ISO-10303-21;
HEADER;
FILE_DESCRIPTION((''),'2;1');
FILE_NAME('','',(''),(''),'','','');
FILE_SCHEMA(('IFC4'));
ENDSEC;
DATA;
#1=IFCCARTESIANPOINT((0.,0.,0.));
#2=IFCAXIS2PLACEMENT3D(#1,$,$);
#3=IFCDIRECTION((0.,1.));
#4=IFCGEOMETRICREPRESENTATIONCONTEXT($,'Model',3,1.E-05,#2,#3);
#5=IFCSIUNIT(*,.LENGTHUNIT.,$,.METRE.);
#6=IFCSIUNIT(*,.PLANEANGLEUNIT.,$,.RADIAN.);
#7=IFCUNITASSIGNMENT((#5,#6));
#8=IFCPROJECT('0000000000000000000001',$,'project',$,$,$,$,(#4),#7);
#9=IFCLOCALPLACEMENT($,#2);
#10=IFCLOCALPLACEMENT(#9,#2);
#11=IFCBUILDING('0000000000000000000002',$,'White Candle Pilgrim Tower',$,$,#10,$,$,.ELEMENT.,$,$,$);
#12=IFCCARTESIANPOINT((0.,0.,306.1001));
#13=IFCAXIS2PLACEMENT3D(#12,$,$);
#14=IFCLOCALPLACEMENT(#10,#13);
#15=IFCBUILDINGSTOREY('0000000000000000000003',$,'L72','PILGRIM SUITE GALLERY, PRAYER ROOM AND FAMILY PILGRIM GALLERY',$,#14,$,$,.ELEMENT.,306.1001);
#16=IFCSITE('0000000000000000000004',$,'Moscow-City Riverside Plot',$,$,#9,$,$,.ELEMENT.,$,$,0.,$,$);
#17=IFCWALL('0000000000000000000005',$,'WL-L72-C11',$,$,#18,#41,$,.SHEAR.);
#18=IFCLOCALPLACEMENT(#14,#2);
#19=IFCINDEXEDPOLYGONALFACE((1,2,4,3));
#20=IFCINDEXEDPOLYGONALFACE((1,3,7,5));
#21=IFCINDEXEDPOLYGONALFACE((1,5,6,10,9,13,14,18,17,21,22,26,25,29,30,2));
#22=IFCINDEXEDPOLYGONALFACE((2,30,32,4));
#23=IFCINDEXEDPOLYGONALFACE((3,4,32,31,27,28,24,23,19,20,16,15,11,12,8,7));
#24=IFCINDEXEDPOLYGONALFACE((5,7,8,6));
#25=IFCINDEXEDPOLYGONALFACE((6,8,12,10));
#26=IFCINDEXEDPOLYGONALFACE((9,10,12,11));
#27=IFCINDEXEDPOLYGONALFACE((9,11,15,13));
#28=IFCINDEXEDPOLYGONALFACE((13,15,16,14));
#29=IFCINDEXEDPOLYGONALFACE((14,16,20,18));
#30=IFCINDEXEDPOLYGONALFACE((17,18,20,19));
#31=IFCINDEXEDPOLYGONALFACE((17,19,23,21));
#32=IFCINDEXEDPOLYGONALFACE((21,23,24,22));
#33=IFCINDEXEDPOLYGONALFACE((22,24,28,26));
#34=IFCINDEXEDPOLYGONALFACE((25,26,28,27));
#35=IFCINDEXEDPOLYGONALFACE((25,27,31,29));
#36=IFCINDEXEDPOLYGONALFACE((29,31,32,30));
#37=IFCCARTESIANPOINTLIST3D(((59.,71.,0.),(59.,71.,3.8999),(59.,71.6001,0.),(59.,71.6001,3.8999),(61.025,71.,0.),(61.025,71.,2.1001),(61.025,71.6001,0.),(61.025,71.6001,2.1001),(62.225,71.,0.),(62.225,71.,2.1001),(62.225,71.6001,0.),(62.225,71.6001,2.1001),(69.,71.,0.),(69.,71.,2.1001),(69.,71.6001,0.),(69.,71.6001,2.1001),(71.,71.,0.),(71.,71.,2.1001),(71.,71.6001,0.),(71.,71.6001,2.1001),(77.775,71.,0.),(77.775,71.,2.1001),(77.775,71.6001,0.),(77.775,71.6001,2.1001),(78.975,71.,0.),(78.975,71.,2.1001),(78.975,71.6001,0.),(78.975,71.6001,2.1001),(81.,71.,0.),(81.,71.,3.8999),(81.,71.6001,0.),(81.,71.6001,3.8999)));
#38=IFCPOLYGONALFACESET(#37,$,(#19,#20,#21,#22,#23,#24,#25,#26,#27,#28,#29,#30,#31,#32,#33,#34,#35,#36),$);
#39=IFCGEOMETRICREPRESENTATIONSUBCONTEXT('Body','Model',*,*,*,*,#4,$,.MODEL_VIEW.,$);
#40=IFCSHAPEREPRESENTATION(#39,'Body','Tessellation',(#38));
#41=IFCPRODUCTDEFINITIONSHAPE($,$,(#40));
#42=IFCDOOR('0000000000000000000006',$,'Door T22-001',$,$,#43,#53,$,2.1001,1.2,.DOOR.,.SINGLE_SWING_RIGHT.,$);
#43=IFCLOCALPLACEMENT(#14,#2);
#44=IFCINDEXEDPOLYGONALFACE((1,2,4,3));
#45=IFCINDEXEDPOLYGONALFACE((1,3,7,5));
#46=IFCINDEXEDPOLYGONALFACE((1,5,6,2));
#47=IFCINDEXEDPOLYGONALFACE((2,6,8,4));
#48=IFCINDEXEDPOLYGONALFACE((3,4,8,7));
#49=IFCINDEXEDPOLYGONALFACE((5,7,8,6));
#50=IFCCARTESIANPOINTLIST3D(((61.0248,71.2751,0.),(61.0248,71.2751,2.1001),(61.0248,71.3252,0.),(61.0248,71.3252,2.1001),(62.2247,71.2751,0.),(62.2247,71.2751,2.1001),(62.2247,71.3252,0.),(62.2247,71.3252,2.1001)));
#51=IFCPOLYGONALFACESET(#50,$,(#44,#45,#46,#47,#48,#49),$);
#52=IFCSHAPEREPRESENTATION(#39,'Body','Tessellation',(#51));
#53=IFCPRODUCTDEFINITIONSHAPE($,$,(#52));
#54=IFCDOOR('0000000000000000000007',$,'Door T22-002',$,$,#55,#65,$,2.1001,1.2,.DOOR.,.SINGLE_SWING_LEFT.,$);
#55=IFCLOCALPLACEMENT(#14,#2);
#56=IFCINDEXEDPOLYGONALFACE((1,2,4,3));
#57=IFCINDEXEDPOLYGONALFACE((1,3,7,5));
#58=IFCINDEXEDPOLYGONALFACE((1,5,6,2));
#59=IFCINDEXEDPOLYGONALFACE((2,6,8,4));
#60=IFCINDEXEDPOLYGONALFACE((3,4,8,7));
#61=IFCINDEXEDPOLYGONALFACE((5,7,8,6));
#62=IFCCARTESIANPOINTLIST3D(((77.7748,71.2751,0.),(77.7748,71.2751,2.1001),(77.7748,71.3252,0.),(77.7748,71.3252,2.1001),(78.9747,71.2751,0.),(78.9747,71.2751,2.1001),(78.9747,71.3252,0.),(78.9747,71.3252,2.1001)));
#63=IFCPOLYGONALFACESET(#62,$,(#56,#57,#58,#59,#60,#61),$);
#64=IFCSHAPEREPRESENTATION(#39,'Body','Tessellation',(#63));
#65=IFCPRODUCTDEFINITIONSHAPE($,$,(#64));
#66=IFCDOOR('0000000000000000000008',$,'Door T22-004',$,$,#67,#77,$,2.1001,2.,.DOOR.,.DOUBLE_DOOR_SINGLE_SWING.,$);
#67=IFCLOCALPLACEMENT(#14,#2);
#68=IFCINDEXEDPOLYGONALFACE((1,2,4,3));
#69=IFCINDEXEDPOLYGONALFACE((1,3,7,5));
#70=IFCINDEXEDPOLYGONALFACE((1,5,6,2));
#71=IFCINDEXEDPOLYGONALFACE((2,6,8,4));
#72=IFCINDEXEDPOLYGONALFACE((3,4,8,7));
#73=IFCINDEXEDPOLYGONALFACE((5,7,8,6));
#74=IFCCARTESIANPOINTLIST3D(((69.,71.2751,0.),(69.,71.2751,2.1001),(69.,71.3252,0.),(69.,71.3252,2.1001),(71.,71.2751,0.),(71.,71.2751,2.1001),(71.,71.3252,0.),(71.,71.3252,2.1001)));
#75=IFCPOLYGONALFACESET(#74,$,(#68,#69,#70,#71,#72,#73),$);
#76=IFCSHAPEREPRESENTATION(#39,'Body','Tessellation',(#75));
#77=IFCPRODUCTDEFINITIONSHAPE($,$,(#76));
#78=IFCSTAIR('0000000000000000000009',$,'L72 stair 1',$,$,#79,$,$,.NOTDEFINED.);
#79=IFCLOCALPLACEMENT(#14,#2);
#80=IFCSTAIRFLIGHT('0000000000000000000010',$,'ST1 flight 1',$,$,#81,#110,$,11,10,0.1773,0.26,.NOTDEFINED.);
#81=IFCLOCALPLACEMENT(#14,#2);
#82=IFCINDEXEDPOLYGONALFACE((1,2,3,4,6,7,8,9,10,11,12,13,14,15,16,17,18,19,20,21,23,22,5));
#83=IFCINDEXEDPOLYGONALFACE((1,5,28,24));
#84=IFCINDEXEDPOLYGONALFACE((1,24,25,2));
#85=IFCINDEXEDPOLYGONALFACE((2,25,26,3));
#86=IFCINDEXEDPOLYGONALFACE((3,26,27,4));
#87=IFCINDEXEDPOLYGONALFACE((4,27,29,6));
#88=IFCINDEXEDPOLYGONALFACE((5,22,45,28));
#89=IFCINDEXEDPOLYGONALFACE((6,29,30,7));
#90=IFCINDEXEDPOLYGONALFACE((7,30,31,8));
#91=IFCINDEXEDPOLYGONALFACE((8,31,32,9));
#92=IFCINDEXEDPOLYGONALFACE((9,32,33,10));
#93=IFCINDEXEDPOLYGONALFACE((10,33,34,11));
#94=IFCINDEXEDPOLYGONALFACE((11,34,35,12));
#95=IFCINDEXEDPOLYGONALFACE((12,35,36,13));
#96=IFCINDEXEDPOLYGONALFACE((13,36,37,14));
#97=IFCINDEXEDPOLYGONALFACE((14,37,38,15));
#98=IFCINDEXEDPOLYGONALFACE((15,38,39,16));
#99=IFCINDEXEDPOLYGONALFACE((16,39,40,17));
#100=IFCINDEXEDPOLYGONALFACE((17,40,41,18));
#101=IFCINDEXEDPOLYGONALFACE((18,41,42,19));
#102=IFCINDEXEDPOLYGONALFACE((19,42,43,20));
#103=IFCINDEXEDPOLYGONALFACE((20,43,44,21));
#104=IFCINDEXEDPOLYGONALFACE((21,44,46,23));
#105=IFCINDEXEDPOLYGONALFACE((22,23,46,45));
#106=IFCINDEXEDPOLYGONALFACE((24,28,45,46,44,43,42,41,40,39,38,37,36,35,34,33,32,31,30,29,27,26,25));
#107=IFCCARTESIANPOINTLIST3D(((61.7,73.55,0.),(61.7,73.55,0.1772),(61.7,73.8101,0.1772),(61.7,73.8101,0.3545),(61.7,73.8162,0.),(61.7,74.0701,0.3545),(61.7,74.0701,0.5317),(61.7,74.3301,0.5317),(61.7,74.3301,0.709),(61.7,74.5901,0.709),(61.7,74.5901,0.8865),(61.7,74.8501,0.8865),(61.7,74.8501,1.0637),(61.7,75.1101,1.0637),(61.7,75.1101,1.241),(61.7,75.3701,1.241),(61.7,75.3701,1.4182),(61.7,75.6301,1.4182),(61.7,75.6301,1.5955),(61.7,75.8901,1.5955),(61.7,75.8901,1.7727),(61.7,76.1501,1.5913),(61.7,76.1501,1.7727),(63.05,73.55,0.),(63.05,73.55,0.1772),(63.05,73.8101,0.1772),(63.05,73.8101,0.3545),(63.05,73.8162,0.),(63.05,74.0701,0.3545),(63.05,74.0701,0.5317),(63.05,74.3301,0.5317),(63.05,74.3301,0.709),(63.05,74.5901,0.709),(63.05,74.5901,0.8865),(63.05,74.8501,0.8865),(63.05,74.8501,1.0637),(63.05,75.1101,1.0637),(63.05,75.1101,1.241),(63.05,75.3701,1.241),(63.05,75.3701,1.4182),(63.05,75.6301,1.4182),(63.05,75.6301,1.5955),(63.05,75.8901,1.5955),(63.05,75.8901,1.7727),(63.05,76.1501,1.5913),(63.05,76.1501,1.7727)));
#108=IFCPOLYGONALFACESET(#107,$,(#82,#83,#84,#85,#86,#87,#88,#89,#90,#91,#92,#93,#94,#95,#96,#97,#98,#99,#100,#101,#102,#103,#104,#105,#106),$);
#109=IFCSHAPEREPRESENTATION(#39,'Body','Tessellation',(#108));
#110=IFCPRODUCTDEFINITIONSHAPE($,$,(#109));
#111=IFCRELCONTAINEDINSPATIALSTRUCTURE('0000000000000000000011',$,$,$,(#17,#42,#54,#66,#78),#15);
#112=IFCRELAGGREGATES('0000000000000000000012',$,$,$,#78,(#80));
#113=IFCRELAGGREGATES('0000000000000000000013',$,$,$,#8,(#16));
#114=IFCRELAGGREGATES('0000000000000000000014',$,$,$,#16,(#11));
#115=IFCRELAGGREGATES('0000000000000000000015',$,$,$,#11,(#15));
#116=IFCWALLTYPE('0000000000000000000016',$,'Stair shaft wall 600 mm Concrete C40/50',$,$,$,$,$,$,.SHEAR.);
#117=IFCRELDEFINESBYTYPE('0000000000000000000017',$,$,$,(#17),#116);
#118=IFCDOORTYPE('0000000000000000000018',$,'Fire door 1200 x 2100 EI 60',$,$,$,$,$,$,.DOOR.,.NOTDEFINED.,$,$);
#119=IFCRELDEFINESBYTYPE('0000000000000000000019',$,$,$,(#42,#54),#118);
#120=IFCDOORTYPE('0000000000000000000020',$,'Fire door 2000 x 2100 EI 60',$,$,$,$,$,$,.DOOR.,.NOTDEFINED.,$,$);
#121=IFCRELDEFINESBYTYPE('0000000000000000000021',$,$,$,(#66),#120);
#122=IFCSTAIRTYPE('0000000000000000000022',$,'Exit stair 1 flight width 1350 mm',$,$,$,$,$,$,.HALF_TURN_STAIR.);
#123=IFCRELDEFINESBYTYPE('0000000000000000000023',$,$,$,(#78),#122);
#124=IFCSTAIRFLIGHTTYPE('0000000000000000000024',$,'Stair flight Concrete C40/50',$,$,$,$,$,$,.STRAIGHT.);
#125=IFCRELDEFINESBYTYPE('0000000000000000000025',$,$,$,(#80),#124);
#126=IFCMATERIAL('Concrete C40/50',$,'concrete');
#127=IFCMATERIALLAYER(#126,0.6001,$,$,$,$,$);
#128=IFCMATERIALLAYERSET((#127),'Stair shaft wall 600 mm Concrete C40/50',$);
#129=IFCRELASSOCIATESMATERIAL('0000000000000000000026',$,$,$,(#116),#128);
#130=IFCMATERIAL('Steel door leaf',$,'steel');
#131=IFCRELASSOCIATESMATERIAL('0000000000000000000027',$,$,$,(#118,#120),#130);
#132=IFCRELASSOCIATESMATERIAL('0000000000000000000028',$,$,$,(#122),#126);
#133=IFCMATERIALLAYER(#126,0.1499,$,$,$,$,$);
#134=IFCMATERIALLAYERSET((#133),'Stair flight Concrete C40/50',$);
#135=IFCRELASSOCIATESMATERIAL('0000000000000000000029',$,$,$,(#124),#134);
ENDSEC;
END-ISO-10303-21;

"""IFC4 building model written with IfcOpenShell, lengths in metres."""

from ifc_helpers import new_model, si_unit, direction, frame, frame_2d, origin, place, context, subcontext, project, spatial, polyline, rectangle, outline, extrude, material, layer, layer_set, type_object, element, fill, aggregate, save


model = new_model("IFC4")

# Units and contexts
model_context = context("Model", 3, precision=1e-05, world=origin(), true_north=direction((0.0, 1.0)))
body_context = subcontext(model_context, "Body", "Model", "MODEL_VIEW")
ifc_project = project(units=[si_unit("LENGTHUNIT", "METRE"), si_unit("PLANEANGLEUNIT", "RADIAN")], contexts=[model_context])

# Site, building, storey
site_placement = place(None, origin())
site = spatial("IfcSite", under=ifc_project, at=site_placement, Name="Moscow-City Riverside Plot", CompositionType="ELEMENT", RefElevation=0.0)
building_placement = place(site_placement, origin())
building = spatial("IfcBuilding", under=site, at=building_placement, Name="White Candle Pilgrim Tower", CompositionType="ELEMENT")
storey_placement = place(building_placement, frame((0.0, 0.0, 306.1001)))
storey = spatial("IfcBuildingStorey", under=building, at=storey_placement, Name="L72", Description="PILGRIM SUITE GALLERY, PRAYER ROOM AND FAMILY PILGRIM GALLERY", CompositionType="ELEMENT", Elevation=306.1001)

# Shared definitions
ifc_material_1 = material(Name="Steel door leaf", Category="steel")

# Shared definitions
ifc_material_2 = material(Name="Concrete C40/50", Category="concrete")

# Wall, openings, doors
ifc_layer_1 = layer(ifc_material_2, 0.6001)
ifc_layer_set_1 = layer_set([ifc_layer_1], Name="Stair shaft wall 600 mm Concrete C40/50")
wall_type_1 = type_object("IfcWallType", Name="Stair shaft wall 600 mm Concrete C40/50", PredefinedType="SHEAR", material=ifc_layer_set_1)
wall_1_placement = place(storey_placement, frame((59.0, 71.3, 0.0), z_axis=(0.0, 0.0, 1.0), x_axis=(1.0, 0.0, 0.0)))
wall_1 = element("IfcWall", 1, at=wall_1_placement, inside=storey, type_object=wall_type_1, Name="WL-L72-C11", PredefinedType="SHEAR", context=body_context, shape_type="SweptSolid", body=[
    extrude(rectangle(XDim=22.0, YDim=0.6001, at=frame_2d((11.0, 0.0))), origin(), (0.0, 0.0, 1.0), 3.8999),
])
opening_1_placement = place(wall_1_placement, frame((2.0249, 0.0, 0.0)))
opening_1 = element("IfcOpeningElement", 2, at=opening_1_placement, cuts=wall_1, PredefinedType="OPENING", context=body_context, shape_type="SweptSolid", body=[
    extrude(rectangle(XDim=1.2, YDim=2.1001, at=frame_2d((0.6001, 1.05))), frame((0.0, 0.3101, 0.0), z_axis=(0.0, -1.0, 0.0), x_axis=(1.0, 0.0, 0.0)), (0.0, 0.0, 1.0), 0.6201),
])
opening_2_placement = place(wall_1_placement, frame((18.7749, 0.0, 0.0)))
opening_2 = element("IfcOpeningElement", 3, at=opening_2_placement, cuts=wall_1, PredefinedType="OPENING", context=body_context, shape_type="SweptSolid", body=[
    extrude(rectangle(XDim=1.2, YDim=2.1001, at=frame_2d((0.6001, 1.05))), frame((0.0, 0.3101, 0.0), z_axis=(0.0, -1.0, 0.0), x_axis=(1.0, 0.0, 0.0)), (0.0, 0.0, 1.0), 0.6201),
])
opening_3_placement = place(wall_1_placement, frame((10.0, 0.0, 0.0)))
opening_3 = element("IfcOpeningElement", 4, at=opening_3_placement, cuts=wall_1, PredefinedType="OPENING", context=body_context, shape_type="SweptSolid", body=[
    extrude(rectangle(XDim=2.0, YDim=2.1001, at=frame_2d((1.0, 1.05))), frame((0.0, 0.3101, 0.0), z_axis=(0.0, -1.0, 0.0), x_axis=(1.0, 0.0, 0.0)), (0.0, 0.0, 1.0), 0.6201),
])
door_type_1 = type_object("IfcDoorType", Name="Fire door 1200 x 2100 EI 60", OperationType="NOTDEFINED", PredefinedType="DOOR", material=ifc_material_1)
door_1_placement = place(opening_1_placement, frame((1.2, 0.0, 0.0), z_axis=(0.0, 0.0, 1.0), x_axis=(-1.0, 0.0, 0.0)))
door_1 = element("IfcDoor", 5, at=door_1_placement, inside=storey, type_object=door_type_1, Name="Door T22-001", OperationType="SINGLE_SWING_RIGHT", OverallHeight=2.1001, OverallWidth=1.2, PredefinedType="DOOR", context=body_context, shape_type="SweptSolid", body=[
    extrude(rectangle(XDim=1.2, YDim=2.1001, at=frame_2d((0.6001, 1.05))), frame((0.0, 0.0249, 0.0), z_axis=(0.0, -1.0, 0.0), x_axis=(1.0, 0.0, 0.0)), (0.0, 0.0, 1.0), 0.05),
])
fill(opening_1, door_1)
door_2_placement = place(opening_2_placement, frame((1.2, 0.0, 0.0), z_axis=(0.0, 0.0, 1.0), x_axis=(-1.0, 0.0, 0.0)))
door_2 = element("IfcDoor", 6, at=door_2_placement, inside=storey, type_object=door_type_1, Name="Door T22-002", OperationType="SINGLE_SWING_LEFT", OverallHeight=2.1001, OverallWidth=1.2, PredefinedType="DOOR", context=body_context, shape_type="SweptSolid", body=[
    extrude(rectangle(XDim=1.2, YDim=2.1001, at=frame_2d((0.6001, 1.05))), frame((0.0, 0.0249, 0.0), z_axis=(0.0, -1.0, 0.0), x_axis=(1.0, 0.0, 0.0)), (0.0, 0.0, 1.0), 0.05),
])
fill(opening_2, door_2)
door_type_2 = type_object("IfcDoorType", Name="Fire door 2000 x 2100 EI 60", OperationType="NOTDEFINED", PredefinedType="DOOR", material=ifc_material_1)
door_3_placement = place(opening_3_placement, frame((2.0, 0.0, 0.0), z_axis=(0.0, 0.0, 1.0), x_axis=(-1.0, 0.0, 0.0)))
door_3 = element("IfcDoor", 7, at=door_3_placement, inside=storey, type_object=door_type_2, Name="Door T22-004", OperationType="DOUBLE_DOOR_SINGLE_SWING", OverallHeight=2.1001, OverallWidth=2.0, PredefinedType="DOOR", context=body_context, shape_type="SweptSolid", body=[
    extrude(rectangle(XDim=2.0, YDim=2.1001, at=frame_2d((1.0, 1.05))), frame((0.0, 0.0249, 0.0), z_axis=(0.0, -1.0, 0.0), x_axis=(1.0, 0.0, 0.0)), (0.0, 0.0, 1.0), 0.05),
])
fill(opening_3, door_3)

# Stair, stair flight
stair_type = type_object("IfcStairType", Name="Exit stair 1 flight width 1350 mm", PredefinedType="HALF_TURN_STAIR", material=ifc_material_2)
stair_placement = place(storey_placement, origin())
stair = element("IfcStair", 8, at=stair_placement, inside=storey, type_object=stair_type, Name="L72 stair 1", PredefinedType="NOTDEFINED")
ifc_layer_2 = layer(ifc_material_2, 0.1499)
ifc_layer_set_2 = layer_set([ifc_layer_2], Name="Stair flight Concrete C40/50")
stair_flight_type = type_object("IfcStairFlightType", Name="Stair flight Concrete C40/50", PredefinedType="STRAIGHT", material=ifc_layer_set_2)
stair_flight_placement = place(storey_placement, frame((62.375, 73.55, 0.0), z_axis=(0.0, 0.0, 1.0), x_axis=(0.0, 1.0, 0.0)))
stair_flight = element("IfcStairFlight", 9, at=stair_flight_placement, type_object=stair_flight_type, Name="ST1 flight 1", NumberOfRisers=11, NumberOfTreads=10, PredefinedType="NOTDEFINED", RiserHeight=0.1773, TreadLength=0.26, context=body_context, shape_type="SweptSolid", body=[
    extrude(outline(polyline([(0.0, 0.0), (0.0, 0.1772), (0.26, 0.1772), (0.26, 0.3545), (0.52, 0.3545), (0.52, 0.5317), (0.78, 0.5317), (0.78, 0.709), (1.04, 0.709), (1.04, 0.8865), (1.3, 0.8865), (1.3, 1.0637), (1.5601, 1.0637), (1.5601, 1.241), (1.8201, 1.241), (1.8201, 1.4182), (2.0801, 1.4182), (2.0801, 1.5955), (2.3401, 1.5955), (2.3401, 1.7727), (2.6001, 1.7727), (2.6001, 1.95), (2.6001, 1.5913), (0.2661, 0.0), (0.0, 0.0)])), frame((0.0, 0.675, 0.0), z_axis=(0.0, -1.0, 0.0), x_axis=(1.0, 0.0, 0.0)), (0.0, 0.0, 1.0), 1.3501),
])
aggregate(stair, [stair_flight])

save(model, "model.ifc")
